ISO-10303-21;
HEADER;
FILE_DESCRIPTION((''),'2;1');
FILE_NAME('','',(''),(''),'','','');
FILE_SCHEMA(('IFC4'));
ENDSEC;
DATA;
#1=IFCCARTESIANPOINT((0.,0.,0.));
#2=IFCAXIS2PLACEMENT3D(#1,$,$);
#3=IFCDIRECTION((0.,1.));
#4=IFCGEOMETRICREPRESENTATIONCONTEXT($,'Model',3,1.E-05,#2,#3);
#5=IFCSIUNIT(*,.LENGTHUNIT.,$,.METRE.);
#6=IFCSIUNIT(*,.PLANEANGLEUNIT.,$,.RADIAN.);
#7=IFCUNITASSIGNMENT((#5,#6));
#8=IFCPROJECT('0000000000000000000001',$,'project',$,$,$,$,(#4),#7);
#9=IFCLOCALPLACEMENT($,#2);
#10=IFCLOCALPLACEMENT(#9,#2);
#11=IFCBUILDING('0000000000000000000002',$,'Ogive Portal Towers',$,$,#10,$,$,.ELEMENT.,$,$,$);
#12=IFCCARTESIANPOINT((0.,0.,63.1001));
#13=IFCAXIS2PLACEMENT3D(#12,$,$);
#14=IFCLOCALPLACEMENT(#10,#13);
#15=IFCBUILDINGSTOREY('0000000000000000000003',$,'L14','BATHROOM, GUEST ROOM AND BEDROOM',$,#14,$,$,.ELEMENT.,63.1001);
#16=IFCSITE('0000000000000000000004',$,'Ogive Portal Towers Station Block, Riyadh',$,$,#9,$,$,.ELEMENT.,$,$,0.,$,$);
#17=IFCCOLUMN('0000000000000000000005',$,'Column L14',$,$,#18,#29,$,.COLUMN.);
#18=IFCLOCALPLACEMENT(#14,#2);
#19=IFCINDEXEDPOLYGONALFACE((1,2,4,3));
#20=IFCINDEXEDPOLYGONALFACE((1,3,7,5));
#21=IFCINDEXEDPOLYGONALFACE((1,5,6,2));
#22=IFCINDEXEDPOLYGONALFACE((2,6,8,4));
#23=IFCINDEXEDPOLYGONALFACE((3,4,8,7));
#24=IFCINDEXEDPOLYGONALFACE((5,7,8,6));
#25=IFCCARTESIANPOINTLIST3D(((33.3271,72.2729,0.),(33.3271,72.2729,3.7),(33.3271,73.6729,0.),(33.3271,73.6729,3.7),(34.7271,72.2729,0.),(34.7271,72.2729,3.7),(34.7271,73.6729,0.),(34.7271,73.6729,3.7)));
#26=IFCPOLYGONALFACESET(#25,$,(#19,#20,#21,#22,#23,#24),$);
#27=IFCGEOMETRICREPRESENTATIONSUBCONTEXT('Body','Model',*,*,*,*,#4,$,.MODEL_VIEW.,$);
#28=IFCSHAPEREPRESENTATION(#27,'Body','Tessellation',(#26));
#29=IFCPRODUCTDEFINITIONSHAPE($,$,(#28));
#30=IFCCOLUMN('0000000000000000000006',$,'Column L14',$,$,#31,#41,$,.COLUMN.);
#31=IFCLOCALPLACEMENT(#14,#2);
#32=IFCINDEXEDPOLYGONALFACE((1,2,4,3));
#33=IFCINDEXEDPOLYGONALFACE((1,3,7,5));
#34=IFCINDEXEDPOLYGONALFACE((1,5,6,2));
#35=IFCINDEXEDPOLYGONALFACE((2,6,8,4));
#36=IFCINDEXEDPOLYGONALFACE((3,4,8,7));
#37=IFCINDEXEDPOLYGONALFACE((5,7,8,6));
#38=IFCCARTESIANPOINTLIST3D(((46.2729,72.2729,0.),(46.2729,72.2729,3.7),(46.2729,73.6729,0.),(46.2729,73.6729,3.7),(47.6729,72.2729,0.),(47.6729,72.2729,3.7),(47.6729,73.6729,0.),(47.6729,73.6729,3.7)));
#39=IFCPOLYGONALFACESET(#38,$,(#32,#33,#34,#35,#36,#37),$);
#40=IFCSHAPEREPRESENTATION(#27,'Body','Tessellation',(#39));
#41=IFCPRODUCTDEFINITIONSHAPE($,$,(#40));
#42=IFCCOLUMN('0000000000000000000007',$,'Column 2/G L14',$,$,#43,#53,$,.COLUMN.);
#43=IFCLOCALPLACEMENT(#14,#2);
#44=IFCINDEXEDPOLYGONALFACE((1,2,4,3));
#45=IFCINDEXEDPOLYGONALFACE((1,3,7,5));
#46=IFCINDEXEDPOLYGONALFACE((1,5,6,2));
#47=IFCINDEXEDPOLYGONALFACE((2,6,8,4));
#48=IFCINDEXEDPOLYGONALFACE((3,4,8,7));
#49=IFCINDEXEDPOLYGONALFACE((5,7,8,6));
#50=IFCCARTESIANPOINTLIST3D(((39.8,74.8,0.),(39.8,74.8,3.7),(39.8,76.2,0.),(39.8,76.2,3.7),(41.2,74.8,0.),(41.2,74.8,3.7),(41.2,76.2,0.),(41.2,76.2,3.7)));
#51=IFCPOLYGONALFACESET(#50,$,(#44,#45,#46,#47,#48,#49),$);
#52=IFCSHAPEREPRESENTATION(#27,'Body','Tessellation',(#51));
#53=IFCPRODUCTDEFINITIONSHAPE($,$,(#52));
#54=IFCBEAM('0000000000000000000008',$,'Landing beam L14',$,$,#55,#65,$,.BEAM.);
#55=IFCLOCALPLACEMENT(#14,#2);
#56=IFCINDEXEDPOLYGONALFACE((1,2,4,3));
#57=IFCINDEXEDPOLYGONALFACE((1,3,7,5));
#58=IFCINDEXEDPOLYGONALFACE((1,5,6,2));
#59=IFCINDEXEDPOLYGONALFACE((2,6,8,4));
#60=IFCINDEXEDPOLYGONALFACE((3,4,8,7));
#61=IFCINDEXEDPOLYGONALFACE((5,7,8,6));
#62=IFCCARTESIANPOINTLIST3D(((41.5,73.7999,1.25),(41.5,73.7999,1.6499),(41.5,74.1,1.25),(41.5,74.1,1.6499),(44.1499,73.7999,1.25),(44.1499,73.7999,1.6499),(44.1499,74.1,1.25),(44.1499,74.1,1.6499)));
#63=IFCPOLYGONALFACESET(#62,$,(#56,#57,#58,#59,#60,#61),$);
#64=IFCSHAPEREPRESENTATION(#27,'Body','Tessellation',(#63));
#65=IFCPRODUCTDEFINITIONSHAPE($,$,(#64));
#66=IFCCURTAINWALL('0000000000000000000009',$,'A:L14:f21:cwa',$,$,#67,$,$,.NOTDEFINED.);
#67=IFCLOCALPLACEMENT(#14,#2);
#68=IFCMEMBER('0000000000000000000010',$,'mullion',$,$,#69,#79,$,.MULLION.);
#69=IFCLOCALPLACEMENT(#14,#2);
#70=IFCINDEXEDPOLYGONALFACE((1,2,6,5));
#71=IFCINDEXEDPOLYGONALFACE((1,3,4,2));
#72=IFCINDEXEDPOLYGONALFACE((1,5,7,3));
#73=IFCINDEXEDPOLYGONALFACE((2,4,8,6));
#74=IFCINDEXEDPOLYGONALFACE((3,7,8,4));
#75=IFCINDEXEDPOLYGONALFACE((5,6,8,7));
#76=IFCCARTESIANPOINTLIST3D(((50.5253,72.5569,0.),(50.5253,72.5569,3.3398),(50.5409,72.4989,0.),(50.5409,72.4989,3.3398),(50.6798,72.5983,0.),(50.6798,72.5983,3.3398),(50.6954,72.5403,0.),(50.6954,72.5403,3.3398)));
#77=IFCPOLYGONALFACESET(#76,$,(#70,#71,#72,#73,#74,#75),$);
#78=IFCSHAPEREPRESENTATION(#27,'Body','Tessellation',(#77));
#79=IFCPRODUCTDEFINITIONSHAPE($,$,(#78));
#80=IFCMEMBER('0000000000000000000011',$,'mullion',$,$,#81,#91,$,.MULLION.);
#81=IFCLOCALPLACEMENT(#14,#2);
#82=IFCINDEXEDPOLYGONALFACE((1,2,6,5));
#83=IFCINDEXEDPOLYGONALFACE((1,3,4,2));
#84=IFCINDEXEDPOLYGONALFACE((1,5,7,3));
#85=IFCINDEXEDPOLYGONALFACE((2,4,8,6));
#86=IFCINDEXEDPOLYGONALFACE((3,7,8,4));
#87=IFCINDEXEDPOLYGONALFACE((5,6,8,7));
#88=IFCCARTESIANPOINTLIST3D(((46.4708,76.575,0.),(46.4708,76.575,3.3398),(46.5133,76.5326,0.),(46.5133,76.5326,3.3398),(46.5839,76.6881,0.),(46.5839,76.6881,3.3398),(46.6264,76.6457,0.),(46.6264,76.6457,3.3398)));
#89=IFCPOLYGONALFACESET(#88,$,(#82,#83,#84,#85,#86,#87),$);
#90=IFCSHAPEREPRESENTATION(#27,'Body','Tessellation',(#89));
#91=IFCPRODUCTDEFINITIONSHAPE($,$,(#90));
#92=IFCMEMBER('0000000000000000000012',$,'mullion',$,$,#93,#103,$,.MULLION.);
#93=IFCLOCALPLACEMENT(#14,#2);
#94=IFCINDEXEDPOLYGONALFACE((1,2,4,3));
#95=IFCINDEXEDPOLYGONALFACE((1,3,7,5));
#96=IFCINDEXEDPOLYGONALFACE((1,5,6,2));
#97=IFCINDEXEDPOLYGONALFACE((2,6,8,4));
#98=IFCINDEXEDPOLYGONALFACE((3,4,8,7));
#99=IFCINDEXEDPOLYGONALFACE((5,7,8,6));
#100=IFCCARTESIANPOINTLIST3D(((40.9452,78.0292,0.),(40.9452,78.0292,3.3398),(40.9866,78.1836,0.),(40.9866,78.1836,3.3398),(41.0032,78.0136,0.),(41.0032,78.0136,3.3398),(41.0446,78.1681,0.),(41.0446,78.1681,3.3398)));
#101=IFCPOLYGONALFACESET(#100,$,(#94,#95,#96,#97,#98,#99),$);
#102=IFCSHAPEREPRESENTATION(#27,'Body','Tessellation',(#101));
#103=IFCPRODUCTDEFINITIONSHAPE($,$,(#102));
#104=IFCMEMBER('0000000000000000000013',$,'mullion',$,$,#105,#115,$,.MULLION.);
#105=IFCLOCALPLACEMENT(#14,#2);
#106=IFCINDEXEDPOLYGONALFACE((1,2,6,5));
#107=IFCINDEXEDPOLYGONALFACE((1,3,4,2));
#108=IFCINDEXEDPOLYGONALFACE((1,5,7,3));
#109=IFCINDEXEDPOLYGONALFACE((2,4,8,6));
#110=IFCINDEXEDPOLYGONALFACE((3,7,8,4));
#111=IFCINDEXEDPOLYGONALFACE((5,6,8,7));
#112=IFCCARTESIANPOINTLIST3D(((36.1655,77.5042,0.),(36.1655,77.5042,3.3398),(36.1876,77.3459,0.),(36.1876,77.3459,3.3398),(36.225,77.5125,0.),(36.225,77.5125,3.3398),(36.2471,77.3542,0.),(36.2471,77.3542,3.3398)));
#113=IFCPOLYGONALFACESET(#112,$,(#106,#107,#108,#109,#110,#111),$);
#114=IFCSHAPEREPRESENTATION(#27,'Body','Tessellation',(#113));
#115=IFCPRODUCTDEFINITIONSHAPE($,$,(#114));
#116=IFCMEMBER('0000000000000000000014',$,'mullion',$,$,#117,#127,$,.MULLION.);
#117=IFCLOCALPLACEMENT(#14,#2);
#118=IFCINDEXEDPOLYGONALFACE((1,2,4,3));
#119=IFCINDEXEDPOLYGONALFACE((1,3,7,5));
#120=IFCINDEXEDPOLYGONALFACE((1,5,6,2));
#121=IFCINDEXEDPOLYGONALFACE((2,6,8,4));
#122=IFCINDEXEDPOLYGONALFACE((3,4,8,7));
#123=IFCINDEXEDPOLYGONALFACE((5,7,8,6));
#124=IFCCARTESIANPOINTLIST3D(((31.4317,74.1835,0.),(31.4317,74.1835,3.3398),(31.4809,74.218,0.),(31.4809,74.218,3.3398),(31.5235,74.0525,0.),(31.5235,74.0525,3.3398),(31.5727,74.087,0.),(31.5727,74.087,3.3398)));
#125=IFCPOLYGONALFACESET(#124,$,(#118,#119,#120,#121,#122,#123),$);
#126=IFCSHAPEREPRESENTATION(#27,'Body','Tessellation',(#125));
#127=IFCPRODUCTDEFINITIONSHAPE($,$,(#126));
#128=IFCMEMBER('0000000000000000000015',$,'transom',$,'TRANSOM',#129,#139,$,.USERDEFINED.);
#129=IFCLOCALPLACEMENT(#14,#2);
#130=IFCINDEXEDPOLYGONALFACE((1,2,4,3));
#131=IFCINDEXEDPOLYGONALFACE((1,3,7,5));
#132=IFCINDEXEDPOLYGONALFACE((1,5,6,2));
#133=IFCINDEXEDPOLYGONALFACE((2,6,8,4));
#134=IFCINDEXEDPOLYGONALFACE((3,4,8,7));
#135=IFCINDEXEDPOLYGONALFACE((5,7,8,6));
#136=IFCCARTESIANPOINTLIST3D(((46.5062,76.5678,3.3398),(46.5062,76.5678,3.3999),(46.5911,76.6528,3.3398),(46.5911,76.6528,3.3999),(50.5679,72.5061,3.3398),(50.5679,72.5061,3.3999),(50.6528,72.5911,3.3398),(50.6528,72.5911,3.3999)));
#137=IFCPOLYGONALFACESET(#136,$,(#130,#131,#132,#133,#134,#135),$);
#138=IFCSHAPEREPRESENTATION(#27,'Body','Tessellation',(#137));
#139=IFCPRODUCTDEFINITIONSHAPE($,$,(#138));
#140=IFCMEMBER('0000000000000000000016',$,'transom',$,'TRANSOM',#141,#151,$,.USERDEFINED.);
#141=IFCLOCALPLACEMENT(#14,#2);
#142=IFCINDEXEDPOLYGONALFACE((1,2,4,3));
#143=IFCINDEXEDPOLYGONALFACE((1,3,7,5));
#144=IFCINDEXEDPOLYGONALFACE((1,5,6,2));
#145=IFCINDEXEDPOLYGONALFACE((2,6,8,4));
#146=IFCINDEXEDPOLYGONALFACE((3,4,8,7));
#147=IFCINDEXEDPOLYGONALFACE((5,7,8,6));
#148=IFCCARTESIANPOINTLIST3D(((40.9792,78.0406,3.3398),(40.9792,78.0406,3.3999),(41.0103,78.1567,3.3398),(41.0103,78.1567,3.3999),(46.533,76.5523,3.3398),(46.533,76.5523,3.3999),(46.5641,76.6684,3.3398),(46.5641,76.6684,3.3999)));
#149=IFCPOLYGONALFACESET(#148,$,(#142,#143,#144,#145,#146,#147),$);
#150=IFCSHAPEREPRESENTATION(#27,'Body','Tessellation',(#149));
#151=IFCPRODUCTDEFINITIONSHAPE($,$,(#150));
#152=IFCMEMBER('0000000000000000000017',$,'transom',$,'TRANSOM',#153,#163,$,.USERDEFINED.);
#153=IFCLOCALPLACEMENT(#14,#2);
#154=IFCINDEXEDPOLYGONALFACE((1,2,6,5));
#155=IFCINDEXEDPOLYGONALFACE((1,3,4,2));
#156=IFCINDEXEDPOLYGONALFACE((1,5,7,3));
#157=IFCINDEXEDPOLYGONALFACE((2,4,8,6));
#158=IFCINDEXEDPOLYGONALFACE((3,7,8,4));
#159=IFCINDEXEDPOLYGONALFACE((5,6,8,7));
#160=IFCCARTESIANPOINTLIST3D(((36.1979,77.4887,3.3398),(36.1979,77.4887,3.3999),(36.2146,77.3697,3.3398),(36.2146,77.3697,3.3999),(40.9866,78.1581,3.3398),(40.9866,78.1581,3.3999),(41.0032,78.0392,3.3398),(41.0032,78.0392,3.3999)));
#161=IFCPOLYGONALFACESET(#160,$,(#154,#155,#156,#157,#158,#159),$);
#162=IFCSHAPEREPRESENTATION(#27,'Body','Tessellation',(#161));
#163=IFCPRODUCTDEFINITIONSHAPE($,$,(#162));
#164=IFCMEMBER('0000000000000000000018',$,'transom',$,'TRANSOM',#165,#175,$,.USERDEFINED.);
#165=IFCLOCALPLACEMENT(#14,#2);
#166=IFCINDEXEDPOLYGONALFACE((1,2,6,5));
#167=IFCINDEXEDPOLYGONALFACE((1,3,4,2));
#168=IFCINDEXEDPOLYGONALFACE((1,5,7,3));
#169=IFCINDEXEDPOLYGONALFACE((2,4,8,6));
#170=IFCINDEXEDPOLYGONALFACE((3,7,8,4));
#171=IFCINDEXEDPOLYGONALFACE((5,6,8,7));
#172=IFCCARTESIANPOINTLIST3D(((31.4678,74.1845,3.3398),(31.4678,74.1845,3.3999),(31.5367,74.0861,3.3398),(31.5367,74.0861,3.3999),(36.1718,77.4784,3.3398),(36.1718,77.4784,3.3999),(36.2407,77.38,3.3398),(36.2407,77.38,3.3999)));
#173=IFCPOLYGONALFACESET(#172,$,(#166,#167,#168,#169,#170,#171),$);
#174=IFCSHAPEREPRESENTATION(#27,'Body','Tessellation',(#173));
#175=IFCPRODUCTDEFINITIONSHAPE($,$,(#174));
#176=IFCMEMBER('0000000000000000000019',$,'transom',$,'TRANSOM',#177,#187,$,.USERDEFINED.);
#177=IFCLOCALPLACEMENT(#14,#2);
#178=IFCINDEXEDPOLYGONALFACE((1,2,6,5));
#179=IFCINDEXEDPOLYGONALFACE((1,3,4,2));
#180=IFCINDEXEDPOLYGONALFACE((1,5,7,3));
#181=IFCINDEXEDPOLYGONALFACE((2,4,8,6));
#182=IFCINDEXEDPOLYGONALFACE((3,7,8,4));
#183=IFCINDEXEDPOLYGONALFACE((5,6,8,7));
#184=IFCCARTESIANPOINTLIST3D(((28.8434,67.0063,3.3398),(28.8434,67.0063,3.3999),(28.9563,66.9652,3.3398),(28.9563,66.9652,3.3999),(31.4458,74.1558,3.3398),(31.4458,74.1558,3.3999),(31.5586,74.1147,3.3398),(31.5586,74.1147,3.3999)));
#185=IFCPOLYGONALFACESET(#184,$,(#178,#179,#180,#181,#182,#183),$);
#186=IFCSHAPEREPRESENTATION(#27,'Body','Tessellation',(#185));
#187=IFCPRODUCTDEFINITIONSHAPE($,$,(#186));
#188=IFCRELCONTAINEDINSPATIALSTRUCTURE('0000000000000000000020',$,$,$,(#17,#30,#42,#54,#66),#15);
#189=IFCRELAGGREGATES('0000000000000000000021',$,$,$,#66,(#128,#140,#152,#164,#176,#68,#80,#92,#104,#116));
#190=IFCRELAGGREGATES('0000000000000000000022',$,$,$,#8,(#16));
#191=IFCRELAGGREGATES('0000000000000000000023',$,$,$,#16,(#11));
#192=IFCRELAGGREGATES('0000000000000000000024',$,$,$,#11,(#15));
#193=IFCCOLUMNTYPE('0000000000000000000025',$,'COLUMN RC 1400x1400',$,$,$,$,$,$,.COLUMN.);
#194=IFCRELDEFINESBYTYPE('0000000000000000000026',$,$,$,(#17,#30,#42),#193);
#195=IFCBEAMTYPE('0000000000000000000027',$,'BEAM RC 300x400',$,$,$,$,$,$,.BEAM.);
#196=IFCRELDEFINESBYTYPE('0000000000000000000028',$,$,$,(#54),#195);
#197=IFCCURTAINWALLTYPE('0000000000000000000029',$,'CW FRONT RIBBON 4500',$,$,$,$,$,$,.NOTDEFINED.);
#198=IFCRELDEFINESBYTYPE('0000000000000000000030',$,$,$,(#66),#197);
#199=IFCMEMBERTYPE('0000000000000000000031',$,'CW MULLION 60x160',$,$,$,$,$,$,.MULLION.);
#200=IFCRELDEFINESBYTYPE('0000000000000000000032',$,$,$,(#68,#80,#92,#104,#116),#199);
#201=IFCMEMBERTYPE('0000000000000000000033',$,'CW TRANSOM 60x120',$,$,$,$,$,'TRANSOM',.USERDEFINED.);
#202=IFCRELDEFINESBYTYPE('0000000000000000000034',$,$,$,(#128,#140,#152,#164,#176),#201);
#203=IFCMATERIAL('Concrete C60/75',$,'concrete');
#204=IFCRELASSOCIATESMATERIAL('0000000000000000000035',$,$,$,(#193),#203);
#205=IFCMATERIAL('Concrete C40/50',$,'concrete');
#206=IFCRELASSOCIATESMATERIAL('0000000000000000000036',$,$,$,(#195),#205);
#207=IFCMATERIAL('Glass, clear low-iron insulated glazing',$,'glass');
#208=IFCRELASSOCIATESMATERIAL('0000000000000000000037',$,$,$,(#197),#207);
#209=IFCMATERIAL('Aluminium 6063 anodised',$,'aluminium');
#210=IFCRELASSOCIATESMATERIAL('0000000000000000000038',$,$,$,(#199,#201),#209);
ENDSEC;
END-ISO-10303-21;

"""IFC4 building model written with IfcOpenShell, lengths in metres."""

from ifc_helpers import new_model, si_unit, direction, frame, origin, origin_2d, place, context, subcontext, project, spatial, rectangle, extrude, material, material_profile, profile_set, type_object, element, aggregate, save


model = new_model("IFC4")

# Units and contexts
model_context = context("Model", 3, precision=1e-05, world=origin(), true_north=direction((0.0, 1.0)))
body_context = subcontext(model_context, "Body", "Model", "MODEL_VIEW")
ifc_project = project(units=[si_unit("LENGTHUNIT", "METRE"), si_unit("PLANEANGLEUNIT", "RADIAN")], contexts=[model_context])

# Site, building, storey
site_placement = place(None, origin())
site = spatial("IfcSite", under=ifc_project, at=site_placement, Name="Ogive Portal Towers Station Block, Riyadh", CompositionType="ELEMENT", RefElevation=0.0)
building_placement = place(site_placement, origin())
building = spatial("IfcBuilding", under=site, at=building_placement, Name="Ogive Portal Towers", CompositionType="ELEMENT")
storey_placement = place(building_placement, frame((0.0, 0.0, 63.1001)))
storey = spatial("IfcBuildingStorey", under=building, at=storey_placement, Name="L14", Description="BATHROOM, GUEST ROOM AND BEDROOM", CompositionType="ELEMENT", Elevation=63.1001)

# Columns
ifc_material_1 = material(Name="Concrete C60/75", Category="concrete")
ifc_material_profile_1 = material_profile(ifc_material_1, rectangle(XDim=1.3999, YDim=1.3999, at=origin_2d()), Name="RC 1400x1400")
ifc_profile_set_1 = profile_set([ifc_material_profile_1], Name="Concrete C60/75")
column_type = type_object("IfcColumnType", Name="COLUMN RC 1400x1400", PredefinedType="COLUMN", material=ifc_profile_set_1)
for number, where, z_axis, x_axis, name in (
    (1, (34.0271, 72.9729, 0.0), (0.0, 0.0, 1.0), (1.0, 0.0, 0.0), "Column L14"),
    (2, (46.9729, 72.9729, 0.0), (0.0, 0.0, 1.0), (1.0, 0.0, 0.0), "Column L14"),
    (3, (40.5, 75.5, 0.0), (0.0, 0.0, 1.0), (1.0, 0.0, 0.0), "Column 2/G L14"),
):
    element("IfcColumn", number, at=place(storey_placement, frame(where, z_axis=z_axis, x_axis=x_axis)), inside=storey, type_object=column_type, Name=name, PredefinedType="COLUMN", context=body_context, shape_type="SweptSolid", body=[
        extrude(rectangle(XDim=1.3999, YDim=1.3999, at=origin_2d()), origin(), (0.0, 0.0, 1.0), 3.7),
    ])

# Beam
ifc_material_2 = material(Name="Concrete C40/50", Category="concrete")
ifc_material_profile_2 = material_profile(ifc_material_2, rectangle(XDim=0.3, YDim=0.3999, at=origin_2d()), Name="RC 300x400")
ifc_profile_set_2 = profile_set([ifc_material_profile_2], Name="Concrete C40/50")
beam_type = type_object("IfcBeamType", Name="BEAM RC 300x400", PredefinedType="BEAM", material=ifc_profile_set_2)
beam_placement = place(storey_placement, frame((41.5, 73.95, 1.45), z_axis=(1.0, 0.0, 0.0), x_axis=(0.0, 1.0, 0.0)))
element("IfcBeam", 4, at=beam_placement, inside=storey, type_object=beam_type, Name="Landing beam L14", PredefinedType="BEAM", context=body_context, shape_type="SweptSolid", body=[
    extrude(rectangle(XDim=0.3, YDim=0.3999, at=origin_2d()), origin(), (0.0, 0.0, 1.0), 2.6499),
])

# Curtain wall, members
ifc_material_3 = material(Name="Glass, clear low-iron insulated glazing", Category="glass")
curtain_wall_type = type_object("IfcCurtainWallType", Name="CW FRONT RIBBON 4500", PredefinedType="NOTDEFINED", material=ifc_material_3)
curtain_wall_placement = place(storey_placement, origin())
curtain_wall = element("IfcCurtainWall", 5, at=curtain_wall_placement, inside=storey, type_object=curtain_wall_type, Name="A:L14:f21:cwa", PredefinedType="NOTDEFINED")
ifc_material_4 = material(Name="Aluminium 6063 anodised", Category="aluminium")
ifc_material_profile_3 = material_profile(ifc_material_4, rectangle(XDim=0.1599, YDim=0.0601, at=origin_2d()), Name="AL 60x160")
ifc_profile_set_3 = profile_set([ifc_material_profile_3], Name="Aluminium 6063 anodised")
member_type_1 = type_object("IfcMemberType", Name="CW MULLION 60x160", PredefinedType="MULLION", material=ifc_profile_set_3)
member_1_placement = place(storey_placement, frame((50.6104, 72.5486, 0.0), z_axis=(0.0, 0.0, 1.0), x_axis=(-0.965926, -0.258819, 0.0)))
member_1 = element("IfcMember", 6, at=member_1_placement, type_object=member_type_1, Name="mullion", PredefinedType="MULLION", context=body_context, shape_type="SweptSolid", body=[
    extrude(rectangle(XDim=0.1599, YDim=0.0601, at=origin_2d()), origin(), (0.0, 0.0, 1.0), 3.3398),
])
member_2_placement = place(storey_placement, frame((46.5486, 76.6104, 0.0), z_axis=(0.0, 0.0, 1.0), x_axis=(-0.707107, -0.707107, 0.0)))
member_2 = element("IfcMember", 7, at=member_2_placement, type_object=member_type_1, Name="mullion", PredefinedType="MULLION", context=body_context, shape_type="SweptSolid", body=[
    extrude(rectangle(XDim=0.1599, YDim=0.0601, at=origin_2d()), origin(), (0.0, 0.0, 1.0), 3.3398),
])
member_3_placement = place(storey_placement, frame((40.9949, 78.0986, 0.0), z_axis=(0.0, 0.0, 1.0), x_axis=(-0.258819, -0.965926, 0.0)))
member_3 = element("IfcMember", 8, at=member_3_placement, type_object=member_type_1, Name="mullion", PredefinedType="MULLION", context=body_context, shape_type="SweptSolid", body=[
    extrude(rectangle(XDim=0.1599, YDim=0.0601, at=origin_2d()), origin(), (0.0, 0.0, 1.0), 3.3398),
])
member_4_placement = place(storey_placement, frame((36.2063, 77.4292, 0.0), z_axis=(0.0, 0.0, 1.0), x_axis=(0.138428, -0.990373, 0.0)))
member_4 = element("IfcMember", 9, at=member_4_placement, type_object=member_type_1, Name="mullion", PredefinedType="MULLION", context=body_context, shape_type="SweptSolid", body=[
    extrude(rectangle(XDim=0.1599, YDim=0.0601, at=origin_2d()), origin(), (0.0, 0.0, 1.0), 3.3398),
])
member_5_placement = place(storey_placement, frame((31.5022, 74.1353, 0.0), z_axis=(0.0, 0.0, 1.0), x_axis=(0.573576, -0.819152, 0.0)))
member_5 = element("IfcMember", 10, at=member_5_placement, type_object=member_type_1, Name="mullion", PredefinedType="MULLION", context=body_context, shape_type="SweptSolid", body=[
    extrude(rectangle(XDim=0.1599, YDim=0.0601, at=origin_2d()), origin(), (0.0, 0.0, 1.0), 3.3398),
])
ifc_material_profile_4 = material_profile(ifc_material_4, rectangle(XDim=0.1201, YDim=0.0601, at=origin_2d()), Name="AL 120x60")
ifc_profile_set_4 = profile_set([ifc_material_profile_4], Name="Aluminium 6063 anodised")
member_type_2 = type_object("IfcMemberType", Name="CW TRANSOM 60x120", ElementType="TRANSOM", PredefinedType="USERDEFINED", material=ifc_profile_set_4)
member_6_placement = place(storey_placement, frame((50.6104, 72.5486, 3.3699), z_axis=(-0.707107, 0.707107, 0.0), x_axis=(-0.707107, -0.707107, 0.0)))
member_6 = element("IfcMember", 11, at=member_6_placement, type_object=member_type_2, Name="transom", ObjectType="TRANSOM", PredefinedType="USERDEFINED", context=body_context, shape_type="SweptSolid", body=[
    extrude(rectangle(XDim=0.1201, YDim=0.0601, at=origin_2d()), origin(), (0.0, 0.0, 1.0), 5.7441),
])
member_7_placement = place(storey_placement, frame((46.5486, 76.6104, 3.3699), z_axis=(-0.965918, 0.258846, 0.0), x_axis=(-0.258846, -0.965918, 0.0)))
member_7 = element("IfcMember", 12, at=member_7_placement, type_object=member_type_2, Name="transom", ObjectType="TRANSOM", PredefinedType="USERDEFINED", context=body_context, shape_type="SweptSolid", body=[
    extrude(rectangle(XDim=0.1201, YDim=0.0601, at=origin_2d()), origin(), (0.0, 0.0, 1.0), 5.7498),
])
member_8_placement = place(storey_placement, frame((40.9949, 78.0986, 3.3699), z_axis=(-0.990369, -0.138452, 0.0), x_axis=(0.138452, -0.990369, 0.0)))
member_8 = element("IfcMember", 13, at=member_8_placement, type_object=member_type_2, Name="transom", ObjectType="TRANSOM", PredefinedType="USERDEFINED", context=body_context, shape_type="SweptSolid", body=[
    extrude(rectangle(XDim=0.1201, YDim=0.0601, at=origin_2d()), origin(), (0.0, 0.0, 1.0), 4.8352),
])
member_9_placement = place(storey_placement, frame((36.2063, 77.4292, 3.3699), z_axis=(-0.819144, -0.573588, 0.0), x_axis=(0.573588, -0.819144, 0.0)))
member_9 = element("IfcMember", 14, at=member_9_placement, type_object=member_type_2, Name="transom", ObjectType="TRANSOM", PredefinedType="USERDEFINED", context=body_context, shape_type="SweptSolid", body=[
    extrude(rectangle(XDim=0.1201, YDim=0.0601, at=origin_2d()), origin(), (0.0, 0.0, 1.0), 5.7427),
])
member_10_placement = place(storey_placement, frame((31.5022, 74.1353, 3.3699), z_axis=(-0.342034, -0.939688, 0.0), x_axis=(0.939688, -0.342034, 0.0)))
member_10 = element("IfcMember", 15, at=member_10_placement, type_object=member_type_2, Name="transom", ObjectType="TRANSOM", PredefinedType="USERDEFINED", context=body_context, shape_type="SweptSolid", body=[
    extrude(rectangle(XDim=0.1201, YDim=0.0601, at=origin_2d()), origin(), (0.0, 0.0, 1.0), 7.6084),
])
aggregate(curtain_wall, [member_6, member_7, member_8, member_9, member_10, member_1, member_2, member_3, member_4, member_5])

save(model, "model.ifc")
